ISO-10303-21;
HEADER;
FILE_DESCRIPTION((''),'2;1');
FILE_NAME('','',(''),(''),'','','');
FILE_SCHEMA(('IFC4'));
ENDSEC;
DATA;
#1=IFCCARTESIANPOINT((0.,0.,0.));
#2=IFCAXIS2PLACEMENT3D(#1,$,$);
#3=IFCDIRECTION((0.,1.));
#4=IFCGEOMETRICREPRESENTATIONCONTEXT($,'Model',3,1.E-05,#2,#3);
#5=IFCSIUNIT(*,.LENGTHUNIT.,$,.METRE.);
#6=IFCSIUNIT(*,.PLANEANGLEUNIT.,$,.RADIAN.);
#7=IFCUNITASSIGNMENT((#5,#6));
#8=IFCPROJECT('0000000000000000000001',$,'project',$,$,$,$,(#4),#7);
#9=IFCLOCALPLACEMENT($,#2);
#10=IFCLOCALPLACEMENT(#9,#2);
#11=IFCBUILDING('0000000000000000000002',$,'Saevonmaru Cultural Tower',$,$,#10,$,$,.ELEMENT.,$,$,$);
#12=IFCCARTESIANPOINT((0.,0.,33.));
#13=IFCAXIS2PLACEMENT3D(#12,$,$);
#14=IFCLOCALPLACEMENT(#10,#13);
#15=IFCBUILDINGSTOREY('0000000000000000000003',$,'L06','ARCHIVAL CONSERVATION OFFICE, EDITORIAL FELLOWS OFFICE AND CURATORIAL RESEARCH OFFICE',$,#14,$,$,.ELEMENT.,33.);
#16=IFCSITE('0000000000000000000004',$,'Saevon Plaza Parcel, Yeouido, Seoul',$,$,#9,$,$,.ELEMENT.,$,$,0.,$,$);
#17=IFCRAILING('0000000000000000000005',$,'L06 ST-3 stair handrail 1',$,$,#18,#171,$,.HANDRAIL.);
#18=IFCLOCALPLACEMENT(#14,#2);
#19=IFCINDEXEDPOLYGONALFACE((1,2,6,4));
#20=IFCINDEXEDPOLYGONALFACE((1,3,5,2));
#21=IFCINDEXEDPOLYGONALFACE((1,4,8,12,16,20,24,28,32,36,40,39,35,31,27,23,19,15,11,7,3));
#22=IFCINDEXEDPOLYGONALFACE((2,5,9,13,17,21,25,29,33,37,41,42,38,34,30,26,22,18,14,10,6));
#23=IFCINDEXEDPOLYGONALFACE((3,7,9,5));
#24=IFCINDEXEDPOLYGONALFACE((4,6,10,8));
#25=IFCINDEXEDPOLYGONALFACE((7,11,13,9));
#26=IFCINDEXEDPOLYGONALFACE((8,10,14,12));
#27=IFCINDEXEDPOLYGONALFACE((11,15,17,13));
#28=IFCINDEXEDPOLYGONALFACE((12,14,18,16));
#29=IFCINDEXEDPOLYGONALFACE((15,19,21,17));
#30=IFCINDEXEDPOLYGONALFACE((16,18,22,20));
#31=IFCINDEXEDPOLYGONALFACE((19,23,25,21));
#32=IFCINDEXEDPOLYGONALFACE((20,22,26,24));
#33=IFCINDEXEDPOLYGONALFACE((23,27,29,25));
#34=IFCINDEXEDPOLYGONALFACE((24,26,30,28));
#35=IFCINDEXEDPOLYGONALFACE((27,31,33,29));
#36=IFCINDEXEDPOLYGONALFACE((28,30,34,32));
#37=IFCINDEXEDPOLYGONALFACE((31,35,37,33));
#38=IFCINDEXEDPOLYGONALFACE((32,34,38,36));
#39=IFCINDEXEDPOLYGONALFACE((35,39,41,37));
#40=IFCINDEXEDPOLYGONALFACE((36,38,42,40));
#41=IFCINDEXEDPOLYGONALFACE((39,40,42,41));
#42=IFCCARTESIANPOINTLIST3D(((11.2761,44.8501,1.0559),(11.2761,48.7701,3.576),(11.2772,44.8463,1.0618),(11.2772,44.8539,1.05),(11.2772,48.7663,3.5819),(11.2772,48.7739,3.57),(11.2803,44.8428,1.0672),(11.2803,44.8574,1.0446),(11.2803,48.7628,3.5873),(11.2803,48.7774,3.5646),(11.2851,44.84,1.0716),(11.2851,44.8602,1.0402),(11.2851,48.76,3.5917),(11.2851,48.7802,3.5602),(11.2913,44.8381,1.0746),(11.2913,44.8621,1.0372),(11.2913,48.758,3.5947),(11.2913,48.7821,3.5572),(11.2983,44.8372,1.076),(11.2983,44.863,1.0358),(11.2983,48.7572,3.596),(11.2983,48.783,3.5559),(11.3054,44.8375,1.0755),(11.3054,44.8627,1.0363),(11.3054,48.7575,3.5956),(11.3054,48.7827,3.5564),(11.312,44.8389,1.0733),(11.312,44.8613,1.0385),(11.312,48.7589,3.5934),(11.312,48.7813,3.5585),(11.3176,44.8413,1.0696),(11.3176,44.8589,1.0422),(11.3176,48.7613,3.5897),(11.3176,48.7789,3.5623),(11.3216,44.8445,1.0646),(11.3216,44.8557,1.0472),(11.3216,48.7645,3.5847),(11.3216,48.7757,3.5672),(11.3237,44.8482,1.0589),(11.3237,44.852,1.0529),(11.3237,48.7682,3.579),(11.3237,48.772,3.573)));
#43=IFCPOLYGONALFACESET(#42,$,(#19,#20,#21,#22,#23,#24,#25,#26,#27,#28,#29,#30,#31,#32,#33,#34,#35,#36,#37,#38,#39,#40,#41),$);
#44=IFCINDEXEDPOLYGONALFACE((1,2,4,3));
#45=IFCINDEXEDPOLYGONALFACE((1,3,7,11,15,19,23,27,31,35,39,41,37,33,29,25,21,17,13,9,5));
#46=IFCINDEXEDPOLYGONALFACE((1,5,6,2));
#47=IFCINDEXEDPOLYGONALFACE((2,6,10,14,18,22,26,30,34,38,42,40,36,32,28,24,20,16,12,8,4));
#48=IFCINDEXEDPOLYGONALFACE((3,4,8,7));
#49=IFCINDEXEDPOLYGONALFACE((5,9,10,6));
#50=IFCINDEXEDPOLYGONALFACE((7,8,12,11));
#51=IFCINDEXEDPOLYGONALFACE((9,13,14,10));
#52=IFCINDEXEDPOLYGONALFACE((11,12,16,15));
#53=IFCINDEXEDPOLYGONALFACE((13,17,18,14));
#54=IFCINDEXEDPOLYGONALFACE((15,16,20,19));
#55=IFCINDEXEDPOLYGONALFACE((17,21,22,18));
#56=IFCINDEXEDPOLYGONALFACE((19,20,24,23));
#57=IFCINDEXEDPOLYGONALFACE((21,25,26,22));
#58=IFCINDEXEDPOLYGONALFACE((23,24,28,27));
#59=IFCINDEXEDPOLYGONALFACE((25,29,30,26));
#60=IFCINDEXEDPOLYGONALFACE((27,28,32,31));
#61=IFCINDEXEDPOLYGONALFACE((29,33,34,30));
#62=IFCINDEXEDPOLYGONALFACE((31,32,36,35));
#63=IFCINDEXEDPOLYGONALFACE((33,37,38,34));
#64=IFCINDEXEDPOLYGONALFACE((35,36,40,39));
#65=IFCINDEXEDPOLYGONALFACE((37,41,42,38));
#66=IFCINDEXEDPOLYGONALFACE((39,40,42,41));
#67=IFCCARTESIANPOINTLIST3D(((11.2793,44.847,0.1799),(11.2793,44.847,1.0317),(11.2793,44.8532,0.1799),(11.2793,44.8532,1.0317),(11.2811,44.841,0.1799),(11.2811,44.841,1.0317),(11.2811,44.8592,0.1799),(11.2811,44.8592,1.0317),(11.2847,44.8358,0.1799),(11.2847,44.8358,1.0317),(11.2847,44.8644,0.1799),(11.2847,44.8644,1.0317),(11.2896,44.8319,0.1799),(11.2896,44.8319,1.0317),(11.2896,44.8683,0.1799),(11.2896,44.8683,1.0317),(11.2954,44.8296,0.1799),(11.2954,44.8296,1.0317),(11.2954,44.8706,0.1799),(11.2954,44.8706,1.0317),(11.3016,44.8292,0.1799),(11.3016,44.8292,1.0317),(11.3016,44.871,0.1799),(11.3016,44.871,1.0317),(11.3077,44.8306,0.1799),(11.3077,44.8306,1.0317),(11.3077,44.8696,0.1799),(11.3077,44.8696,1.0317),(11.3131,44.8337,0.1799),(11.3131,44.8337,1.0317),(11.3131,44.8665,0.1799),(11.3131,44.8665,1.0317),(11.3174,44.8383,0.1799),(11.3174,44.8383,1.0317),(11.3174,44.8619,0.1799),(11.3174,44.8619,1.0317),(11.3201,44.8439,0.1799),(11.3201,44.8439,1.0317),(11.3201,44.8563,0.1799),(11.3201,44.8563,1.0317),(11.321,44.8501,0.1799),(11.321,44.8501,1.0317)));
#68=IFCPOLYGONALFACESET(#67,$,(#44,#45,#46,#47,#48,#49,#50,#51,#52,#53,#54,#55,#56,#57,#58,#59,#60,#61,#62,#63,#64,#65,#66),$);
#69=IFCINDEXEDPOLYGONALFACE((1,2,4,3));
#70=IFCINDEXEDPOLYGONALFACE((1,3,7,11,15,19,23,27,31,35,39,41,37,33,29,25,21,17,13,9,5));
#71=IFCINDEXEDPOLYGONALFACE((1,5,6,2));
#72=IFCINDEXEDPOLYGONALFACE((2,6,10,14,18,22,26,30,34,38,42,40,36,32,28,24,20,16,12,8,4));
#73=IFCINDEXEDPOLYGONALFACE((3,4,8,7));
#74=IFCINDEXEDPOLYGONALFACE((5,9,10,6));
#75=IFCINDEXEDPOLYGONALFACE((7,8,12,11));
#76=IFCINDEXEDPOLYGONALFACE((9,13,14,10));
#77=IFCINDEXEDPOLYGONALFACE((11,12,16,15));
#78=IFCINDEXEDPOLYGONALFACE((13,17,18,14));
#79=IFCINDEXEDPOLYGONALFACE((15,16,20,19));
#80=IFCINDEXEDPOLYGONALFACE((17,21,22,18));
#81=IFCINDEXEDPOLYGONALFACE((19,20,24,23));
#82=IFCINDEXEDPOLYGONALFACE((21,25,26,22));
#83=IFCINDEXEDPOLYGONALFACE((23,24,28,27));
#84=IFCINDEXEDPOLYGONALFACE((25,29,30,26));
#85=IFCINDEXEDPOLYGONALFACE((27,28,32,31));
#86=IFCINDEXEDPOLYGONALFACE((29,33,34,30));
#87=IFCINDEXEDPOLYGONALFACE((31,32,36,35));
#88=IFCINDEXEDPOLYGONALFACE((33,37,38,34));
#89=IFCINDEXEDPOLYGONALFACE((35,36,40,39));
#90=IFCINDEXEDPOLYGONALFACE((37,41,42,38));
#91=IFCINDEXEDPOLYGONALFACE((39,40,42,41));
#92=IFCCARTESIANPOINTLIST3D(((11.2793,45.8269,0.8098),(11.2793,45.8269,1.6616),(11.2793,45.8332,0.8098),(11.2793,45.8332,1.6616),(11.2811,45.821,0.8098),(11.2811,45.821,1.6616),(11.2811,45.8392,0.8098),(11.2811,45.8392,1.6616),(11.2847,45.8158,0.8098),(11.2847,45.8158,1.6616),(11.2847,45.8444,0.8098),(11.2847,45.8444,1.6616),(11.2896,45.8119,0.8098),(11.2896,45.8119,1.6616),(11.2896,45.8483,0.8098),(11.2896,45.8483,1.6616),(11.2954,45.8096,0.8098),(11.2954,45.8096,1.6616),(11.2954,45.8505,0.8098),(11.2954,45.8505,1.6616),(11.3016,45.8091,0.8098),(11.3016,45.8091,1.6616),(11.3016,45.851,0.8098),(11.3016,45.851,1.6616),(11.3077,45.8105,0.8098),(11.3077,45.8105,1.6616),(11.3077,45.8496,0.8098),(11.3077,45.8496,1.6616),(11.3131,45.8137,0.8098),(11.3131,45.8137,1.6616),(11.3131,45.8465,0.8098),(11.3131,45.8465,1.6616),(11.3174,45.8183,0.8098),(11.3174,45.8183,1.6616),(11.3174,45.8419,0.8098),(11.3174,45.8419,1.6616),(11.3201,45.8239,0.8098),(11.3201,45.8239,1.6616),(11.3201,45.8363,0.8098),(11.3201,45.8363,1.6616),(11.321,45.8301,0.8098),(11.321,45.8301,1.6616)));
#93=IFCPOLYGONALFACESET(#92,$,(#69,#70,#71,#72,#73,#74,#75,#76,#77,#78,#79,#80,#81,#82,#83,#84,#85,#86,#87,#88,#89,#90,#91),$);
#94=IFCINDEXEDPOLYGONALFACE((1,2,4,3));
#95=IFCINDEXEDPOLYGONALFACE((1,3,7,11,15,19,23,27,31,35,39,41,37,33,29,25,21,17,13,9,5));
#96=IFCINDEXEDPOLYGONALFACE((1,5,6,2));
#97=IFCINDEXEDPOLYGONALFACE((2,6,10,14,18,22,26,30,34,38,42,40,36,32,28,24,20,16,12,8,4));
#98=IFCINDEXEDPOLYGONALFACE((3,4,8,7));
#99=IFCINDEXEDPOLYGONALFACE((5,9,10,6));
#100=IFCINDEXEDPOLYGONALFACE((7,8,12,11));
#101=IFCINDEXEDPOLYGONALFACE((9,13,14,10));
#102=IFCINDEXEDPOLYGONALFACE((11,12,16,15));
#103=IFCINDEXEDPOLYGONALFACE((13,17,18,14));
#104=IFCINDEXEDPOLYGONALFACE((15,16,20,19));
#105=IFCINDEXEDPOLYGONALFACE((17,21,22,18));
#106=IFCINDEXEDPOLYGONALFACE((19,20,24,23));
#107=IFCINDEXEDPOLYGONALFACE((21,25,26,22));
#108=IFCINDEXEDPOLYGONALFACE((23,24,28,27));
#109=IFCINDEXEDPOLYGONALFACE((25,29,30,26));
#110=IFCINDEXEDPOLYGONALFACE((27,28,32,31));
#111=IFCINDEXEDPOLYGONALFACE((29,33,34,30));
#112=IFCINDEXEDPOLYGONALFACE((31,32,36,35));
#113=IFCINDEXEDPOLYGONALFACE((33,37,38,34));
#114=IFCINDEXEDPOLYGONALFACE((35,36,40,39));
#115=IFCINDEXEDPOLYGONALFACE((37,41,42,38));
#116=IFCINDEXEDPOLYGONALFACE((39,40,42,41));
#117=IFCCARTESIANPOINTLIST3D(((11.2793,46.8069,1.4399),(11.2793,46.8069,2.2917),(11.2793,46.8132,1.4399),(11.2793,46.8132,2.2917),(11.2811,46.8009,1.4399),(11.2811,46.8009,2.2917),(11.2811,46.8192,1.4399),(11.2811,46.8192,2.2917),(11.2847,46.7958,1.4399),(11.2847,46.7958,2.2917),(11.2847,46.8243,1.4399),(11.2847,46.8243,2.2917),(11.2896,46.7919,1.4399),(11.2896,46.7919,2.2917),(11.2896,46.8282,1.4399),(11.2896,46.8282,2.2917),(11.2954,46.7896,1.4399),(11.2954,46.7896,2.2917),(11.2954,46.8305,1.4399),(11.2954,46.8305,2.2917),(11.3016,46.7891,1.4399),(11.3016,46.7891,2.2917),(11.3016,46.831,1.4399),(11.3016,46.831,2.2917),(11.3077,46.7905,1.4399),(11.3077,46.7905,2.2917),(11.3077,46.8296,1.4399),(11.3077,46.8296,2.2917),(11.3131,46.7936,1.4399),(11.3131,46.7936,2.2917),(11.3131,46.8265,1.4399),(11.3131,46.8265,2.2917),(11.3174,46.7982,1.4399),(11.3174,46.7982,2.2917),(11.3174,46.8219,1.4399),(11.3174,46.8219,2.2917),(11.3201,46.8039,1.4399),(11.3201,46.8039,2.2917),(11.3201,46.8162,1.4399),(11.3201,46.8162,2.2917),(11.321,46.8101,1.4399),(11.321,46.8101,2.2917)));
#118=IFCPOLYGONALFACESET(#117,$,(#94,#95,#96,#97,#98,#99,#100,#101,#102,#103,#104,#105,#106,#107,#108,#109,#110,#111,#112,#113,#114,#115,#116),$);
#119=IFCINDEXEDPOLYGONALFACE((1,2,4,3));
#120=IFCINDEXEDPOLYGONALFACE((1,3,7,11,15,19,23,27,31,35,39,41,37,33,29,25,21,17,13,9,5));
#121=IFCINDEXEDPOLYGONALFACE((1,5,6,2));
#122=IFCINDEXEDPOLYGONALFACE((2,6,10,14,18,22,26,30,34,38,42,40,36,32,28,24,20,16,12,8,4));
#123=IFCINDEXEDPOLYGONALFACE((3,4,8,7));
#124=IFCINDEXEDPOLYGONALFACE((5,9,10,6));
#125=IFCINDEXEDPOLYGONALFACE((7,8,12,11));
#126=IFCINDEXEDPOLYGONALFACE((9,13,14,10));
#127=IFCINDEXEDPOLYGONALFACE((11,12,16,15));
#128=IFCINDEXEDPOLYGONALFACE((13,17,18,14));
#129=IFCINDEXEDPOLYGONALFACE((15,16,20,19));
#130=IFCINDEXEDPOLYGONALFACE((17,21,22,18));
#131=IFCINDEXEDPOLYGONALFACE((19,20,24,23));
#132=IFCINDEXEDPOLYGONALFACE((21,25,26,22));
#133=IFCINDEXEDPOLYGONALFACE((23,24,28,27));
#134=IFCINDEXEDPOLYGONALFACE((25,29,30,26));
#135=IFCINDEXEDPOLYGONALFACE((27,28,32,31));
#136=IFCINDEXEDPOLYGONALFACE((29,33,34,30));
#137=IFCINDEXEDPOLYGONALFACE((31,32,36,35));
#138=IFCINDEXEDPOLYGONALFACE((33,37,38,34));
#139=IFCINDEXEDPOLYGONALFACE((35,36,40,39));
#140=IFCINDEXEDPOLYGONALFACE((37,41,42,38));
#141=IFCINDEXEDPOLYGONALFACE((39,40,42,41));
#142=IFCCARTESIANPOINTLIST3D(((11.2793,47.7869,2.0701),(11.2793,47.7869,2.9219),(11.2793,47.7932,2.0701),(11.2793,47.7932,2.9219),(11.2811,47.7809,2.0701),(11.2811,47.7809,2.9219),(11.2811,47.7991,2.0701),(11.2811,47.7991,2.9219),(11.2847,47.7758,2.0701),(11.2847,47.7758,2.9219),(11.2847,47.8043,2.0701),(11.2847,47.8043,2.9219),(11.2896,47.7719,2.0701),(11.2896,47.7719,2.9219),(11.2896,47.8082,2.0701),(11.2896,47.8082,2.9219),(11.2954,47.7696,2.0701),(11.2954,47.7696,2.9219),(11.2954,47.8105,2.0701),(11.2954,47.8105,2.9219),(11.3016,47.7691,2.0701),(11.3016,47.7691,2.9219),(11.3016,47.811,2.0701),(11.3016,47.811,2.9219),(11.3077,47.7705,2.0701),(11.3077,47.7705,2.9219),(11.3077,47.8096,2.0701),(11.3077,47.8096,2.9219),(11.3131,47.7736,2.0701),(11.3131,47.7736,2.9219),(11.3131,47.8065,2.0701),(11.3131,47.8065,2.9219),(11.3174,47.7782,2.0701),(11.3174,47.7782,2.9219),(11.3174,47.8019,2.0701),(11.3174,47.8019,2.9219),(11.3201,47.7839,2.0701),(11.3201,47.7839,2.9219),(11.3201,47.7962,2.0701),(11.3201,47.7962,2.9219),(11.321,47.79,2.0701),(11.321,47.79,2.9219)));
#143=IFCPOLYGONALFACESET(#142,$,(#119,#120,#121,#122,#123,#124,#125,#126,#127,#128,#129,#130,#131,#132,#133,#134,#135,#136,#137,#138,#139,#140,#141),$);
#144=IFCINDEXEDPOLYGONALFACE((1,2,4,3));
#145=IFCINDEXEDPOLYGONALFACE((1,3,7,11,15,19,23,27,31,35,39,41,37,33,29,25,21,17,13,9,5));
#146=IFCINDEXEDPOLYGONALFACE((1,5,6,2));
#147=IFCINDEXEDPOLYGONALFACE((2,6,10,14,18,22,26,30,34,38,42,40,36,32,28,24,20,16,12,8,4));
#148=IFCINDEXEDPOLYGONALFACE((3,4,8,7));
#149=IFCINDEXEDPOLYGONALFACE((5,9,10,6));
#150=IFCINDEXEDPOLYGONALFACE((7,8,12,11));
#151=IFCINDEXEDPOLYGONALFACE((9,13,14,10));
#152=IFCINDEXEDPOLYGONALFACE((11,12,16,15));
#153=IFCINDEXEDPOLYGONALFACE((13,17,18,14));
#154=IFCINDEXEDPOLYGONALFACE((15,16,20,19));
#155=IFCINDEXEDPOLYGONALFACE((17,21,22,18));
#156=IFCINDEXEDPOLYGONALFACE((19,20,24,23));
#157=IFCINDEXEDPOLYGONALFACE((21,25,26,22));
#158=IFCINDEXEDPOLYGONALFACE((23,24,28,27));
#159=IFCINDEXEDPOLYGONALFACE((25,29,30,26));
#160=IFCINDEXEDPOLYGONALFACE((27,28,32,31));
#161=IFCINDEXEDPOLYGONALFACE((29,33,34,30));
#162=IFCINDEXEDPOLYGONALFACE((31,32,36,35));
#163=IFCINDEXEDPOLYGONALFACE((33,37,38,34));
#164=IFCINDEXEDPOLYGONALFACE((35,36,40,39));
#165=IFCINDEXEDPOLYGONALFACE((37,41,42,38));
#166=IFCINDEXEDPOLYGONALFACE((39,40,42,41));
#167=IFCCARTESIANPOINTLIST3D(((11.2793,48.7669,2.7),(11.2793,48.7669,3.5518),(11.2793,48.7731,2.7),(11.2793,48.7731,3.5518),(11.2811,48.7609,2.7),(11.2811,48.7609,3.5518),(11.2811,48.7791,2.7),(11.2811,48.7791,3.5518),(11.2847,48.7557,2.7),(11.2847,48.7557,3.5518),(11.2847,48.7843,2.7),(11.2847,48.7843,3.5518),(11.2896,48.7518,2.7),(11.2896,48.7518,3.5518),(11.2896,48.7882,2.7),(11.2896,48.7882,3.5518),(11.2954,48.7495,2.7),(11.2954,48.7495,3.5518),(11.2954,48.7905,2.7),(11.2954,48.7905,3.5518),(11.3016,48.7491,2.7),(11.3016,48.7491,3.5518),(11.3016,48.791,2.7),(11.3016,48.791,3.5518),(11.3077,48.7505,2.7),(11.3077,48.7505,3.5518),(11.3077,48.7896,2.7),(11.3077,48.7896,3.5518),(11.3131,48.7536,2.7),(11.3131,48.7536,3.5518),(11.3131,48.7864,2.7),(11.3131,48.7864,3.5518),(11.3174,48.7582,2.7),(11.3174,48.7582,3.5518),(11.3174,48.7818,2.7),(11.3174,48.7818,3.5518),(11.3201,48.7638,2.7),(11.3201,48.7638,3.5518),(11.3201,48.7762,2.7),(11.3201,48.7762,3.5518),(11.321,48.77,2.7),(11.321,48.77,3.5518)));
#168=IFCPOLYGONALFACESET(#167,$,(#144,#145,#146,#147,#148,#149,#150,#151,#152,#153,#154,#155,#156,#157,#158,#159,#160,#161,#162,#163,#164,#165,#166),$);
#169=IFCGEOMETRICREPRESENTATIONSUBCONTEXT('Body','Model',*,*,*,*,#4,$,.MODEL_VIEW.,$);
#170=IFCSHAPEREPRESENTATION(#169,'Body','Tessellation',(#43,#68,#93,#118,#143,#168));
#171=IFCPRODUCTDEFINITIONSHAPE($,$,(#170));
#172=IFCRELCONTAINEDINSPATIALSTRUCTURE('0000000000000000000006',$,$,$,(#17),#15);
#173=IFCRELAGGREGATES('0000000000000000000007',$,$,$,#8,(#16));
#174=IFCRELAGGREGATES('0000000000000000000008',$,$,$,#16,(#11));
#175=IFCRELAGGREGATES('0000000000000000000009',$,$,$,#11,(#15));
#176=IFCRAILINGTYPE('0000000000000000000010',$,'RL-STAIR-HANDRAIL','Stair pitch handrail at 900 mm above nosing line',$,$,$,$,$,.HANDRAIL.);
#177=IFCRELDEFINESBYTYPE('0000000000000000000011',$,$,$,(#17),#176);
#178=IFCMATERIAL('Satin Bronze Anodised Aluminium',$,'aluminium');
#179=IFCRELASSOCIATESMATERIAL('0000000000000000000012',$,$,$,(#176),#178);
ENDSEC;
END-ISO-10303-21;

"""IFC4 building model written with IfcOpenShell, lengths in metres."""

from ifc_helpers import new_model, si_unit, direction, frame, origin, origin_2d, place, context, subcontext, project, spatial, circle, extrude, material, type_object, element, save


model = new_model("IFC4")

# Units and contexts
model_context = context("Model", 3, precision=1e-05, world=origin(), true_north=direction((0.0, 1.0)))
body_context = subcontext(model_context, "Body", "Model", "MODEL_VIEW")
ifc_project = project(units=[si_unit("LENGTHUNIT", "METRE"), si_unit("PLANEANGLEUNIT", "RADIAN")], contexts=[model_context])

# Site, building, storey
site_placement = place(None, origin())
site = spatial("IfcSite", under=ifc_project, at=site_placement, Name="Saevon Plaza Parcel, Yeouido, Seoul", CompositionType="ELEMENT", RefElevation=0.0)
building_placement = place(site_placement, origin())
building = spatial("IfcBuilding", under=site, at=building_placement, Name="Saevonmaru Cultural Tower", CompositionType="ELEMENT")
storey_placement = place(building_placement, frame((0.0, 0.0, 33.0)))
storey = spatial("IfcBuildingStorey", under=building, at=storey_placement, Name="L06", Description="ARCHIVAL CONSERVATION OFFICE, EDITORIAL FELLOWS OFFICE AND CURATORIAL RESEARCH OFFICE", CompositionType="ELEMENT", Elevation=33.0)

# Shared definitions
ifc_material_1 = material(Name="Satin Bronze Anodised Aluminium", Category="aluminium")

# Railing
railing_type_1 = type_object("IfcRailingType", Name="RL-STAIR-HANDRAIL", Description="Stair pitch handrail at 900 mm above nosing line", PredefinedType="HANDRAIL", material=ifc_material_1)
railing_1_placement = place(storey_placement, frame((11.3, 44.8501, 0.1799)))
element("IfcRailing", 1, at=railing_1_placement, inside=storey, type_object=railing_type_1, Name="L06 ST-3 stair handrail 1", PredefinedType="HANDRAIL", context=body_context, shape_type="SweptSolid", body=[
    extrude(circle(Radius=0.0239, at=origin_2d()), frame((0.0, 0.0, 0.876), z_axis=(0.0, 0.841172, 0.540768), x_axis=(-1.0, 0.0, 0.0)), (0.0, 0.0, 1.0), 4.6602),
    extrude(circle(Radius=0.021, at=origin_2d()), origin(), (0.0, 0.0, 1.0), 0.8518),
    extrude(circle(Radius=0.021, at=origin_2d()), frame((0.0, 0.98, 0.6299)), (0.0, 0.0, 1.0), 0.8518),
    extrude(circle(Radius=0.021, at=origin_2d()), frame((0.0, 1.96, 1.26)), (0.0, 0.0, 1.0), 0.8518),
    extrude(circle(Radius=0.021, at=origin_2d()), frame((0.0, 2.9399, 1.8901)), (0.0, 0.0, 1.0), 0.8518),
    extrude(circle(Radius=0.021, at=origin_2d()), frame((0.0, 3.9199, 2.52)), (0.0, 0.0, 1.0), 0.8518),
])

save(model, "model.ifc")
